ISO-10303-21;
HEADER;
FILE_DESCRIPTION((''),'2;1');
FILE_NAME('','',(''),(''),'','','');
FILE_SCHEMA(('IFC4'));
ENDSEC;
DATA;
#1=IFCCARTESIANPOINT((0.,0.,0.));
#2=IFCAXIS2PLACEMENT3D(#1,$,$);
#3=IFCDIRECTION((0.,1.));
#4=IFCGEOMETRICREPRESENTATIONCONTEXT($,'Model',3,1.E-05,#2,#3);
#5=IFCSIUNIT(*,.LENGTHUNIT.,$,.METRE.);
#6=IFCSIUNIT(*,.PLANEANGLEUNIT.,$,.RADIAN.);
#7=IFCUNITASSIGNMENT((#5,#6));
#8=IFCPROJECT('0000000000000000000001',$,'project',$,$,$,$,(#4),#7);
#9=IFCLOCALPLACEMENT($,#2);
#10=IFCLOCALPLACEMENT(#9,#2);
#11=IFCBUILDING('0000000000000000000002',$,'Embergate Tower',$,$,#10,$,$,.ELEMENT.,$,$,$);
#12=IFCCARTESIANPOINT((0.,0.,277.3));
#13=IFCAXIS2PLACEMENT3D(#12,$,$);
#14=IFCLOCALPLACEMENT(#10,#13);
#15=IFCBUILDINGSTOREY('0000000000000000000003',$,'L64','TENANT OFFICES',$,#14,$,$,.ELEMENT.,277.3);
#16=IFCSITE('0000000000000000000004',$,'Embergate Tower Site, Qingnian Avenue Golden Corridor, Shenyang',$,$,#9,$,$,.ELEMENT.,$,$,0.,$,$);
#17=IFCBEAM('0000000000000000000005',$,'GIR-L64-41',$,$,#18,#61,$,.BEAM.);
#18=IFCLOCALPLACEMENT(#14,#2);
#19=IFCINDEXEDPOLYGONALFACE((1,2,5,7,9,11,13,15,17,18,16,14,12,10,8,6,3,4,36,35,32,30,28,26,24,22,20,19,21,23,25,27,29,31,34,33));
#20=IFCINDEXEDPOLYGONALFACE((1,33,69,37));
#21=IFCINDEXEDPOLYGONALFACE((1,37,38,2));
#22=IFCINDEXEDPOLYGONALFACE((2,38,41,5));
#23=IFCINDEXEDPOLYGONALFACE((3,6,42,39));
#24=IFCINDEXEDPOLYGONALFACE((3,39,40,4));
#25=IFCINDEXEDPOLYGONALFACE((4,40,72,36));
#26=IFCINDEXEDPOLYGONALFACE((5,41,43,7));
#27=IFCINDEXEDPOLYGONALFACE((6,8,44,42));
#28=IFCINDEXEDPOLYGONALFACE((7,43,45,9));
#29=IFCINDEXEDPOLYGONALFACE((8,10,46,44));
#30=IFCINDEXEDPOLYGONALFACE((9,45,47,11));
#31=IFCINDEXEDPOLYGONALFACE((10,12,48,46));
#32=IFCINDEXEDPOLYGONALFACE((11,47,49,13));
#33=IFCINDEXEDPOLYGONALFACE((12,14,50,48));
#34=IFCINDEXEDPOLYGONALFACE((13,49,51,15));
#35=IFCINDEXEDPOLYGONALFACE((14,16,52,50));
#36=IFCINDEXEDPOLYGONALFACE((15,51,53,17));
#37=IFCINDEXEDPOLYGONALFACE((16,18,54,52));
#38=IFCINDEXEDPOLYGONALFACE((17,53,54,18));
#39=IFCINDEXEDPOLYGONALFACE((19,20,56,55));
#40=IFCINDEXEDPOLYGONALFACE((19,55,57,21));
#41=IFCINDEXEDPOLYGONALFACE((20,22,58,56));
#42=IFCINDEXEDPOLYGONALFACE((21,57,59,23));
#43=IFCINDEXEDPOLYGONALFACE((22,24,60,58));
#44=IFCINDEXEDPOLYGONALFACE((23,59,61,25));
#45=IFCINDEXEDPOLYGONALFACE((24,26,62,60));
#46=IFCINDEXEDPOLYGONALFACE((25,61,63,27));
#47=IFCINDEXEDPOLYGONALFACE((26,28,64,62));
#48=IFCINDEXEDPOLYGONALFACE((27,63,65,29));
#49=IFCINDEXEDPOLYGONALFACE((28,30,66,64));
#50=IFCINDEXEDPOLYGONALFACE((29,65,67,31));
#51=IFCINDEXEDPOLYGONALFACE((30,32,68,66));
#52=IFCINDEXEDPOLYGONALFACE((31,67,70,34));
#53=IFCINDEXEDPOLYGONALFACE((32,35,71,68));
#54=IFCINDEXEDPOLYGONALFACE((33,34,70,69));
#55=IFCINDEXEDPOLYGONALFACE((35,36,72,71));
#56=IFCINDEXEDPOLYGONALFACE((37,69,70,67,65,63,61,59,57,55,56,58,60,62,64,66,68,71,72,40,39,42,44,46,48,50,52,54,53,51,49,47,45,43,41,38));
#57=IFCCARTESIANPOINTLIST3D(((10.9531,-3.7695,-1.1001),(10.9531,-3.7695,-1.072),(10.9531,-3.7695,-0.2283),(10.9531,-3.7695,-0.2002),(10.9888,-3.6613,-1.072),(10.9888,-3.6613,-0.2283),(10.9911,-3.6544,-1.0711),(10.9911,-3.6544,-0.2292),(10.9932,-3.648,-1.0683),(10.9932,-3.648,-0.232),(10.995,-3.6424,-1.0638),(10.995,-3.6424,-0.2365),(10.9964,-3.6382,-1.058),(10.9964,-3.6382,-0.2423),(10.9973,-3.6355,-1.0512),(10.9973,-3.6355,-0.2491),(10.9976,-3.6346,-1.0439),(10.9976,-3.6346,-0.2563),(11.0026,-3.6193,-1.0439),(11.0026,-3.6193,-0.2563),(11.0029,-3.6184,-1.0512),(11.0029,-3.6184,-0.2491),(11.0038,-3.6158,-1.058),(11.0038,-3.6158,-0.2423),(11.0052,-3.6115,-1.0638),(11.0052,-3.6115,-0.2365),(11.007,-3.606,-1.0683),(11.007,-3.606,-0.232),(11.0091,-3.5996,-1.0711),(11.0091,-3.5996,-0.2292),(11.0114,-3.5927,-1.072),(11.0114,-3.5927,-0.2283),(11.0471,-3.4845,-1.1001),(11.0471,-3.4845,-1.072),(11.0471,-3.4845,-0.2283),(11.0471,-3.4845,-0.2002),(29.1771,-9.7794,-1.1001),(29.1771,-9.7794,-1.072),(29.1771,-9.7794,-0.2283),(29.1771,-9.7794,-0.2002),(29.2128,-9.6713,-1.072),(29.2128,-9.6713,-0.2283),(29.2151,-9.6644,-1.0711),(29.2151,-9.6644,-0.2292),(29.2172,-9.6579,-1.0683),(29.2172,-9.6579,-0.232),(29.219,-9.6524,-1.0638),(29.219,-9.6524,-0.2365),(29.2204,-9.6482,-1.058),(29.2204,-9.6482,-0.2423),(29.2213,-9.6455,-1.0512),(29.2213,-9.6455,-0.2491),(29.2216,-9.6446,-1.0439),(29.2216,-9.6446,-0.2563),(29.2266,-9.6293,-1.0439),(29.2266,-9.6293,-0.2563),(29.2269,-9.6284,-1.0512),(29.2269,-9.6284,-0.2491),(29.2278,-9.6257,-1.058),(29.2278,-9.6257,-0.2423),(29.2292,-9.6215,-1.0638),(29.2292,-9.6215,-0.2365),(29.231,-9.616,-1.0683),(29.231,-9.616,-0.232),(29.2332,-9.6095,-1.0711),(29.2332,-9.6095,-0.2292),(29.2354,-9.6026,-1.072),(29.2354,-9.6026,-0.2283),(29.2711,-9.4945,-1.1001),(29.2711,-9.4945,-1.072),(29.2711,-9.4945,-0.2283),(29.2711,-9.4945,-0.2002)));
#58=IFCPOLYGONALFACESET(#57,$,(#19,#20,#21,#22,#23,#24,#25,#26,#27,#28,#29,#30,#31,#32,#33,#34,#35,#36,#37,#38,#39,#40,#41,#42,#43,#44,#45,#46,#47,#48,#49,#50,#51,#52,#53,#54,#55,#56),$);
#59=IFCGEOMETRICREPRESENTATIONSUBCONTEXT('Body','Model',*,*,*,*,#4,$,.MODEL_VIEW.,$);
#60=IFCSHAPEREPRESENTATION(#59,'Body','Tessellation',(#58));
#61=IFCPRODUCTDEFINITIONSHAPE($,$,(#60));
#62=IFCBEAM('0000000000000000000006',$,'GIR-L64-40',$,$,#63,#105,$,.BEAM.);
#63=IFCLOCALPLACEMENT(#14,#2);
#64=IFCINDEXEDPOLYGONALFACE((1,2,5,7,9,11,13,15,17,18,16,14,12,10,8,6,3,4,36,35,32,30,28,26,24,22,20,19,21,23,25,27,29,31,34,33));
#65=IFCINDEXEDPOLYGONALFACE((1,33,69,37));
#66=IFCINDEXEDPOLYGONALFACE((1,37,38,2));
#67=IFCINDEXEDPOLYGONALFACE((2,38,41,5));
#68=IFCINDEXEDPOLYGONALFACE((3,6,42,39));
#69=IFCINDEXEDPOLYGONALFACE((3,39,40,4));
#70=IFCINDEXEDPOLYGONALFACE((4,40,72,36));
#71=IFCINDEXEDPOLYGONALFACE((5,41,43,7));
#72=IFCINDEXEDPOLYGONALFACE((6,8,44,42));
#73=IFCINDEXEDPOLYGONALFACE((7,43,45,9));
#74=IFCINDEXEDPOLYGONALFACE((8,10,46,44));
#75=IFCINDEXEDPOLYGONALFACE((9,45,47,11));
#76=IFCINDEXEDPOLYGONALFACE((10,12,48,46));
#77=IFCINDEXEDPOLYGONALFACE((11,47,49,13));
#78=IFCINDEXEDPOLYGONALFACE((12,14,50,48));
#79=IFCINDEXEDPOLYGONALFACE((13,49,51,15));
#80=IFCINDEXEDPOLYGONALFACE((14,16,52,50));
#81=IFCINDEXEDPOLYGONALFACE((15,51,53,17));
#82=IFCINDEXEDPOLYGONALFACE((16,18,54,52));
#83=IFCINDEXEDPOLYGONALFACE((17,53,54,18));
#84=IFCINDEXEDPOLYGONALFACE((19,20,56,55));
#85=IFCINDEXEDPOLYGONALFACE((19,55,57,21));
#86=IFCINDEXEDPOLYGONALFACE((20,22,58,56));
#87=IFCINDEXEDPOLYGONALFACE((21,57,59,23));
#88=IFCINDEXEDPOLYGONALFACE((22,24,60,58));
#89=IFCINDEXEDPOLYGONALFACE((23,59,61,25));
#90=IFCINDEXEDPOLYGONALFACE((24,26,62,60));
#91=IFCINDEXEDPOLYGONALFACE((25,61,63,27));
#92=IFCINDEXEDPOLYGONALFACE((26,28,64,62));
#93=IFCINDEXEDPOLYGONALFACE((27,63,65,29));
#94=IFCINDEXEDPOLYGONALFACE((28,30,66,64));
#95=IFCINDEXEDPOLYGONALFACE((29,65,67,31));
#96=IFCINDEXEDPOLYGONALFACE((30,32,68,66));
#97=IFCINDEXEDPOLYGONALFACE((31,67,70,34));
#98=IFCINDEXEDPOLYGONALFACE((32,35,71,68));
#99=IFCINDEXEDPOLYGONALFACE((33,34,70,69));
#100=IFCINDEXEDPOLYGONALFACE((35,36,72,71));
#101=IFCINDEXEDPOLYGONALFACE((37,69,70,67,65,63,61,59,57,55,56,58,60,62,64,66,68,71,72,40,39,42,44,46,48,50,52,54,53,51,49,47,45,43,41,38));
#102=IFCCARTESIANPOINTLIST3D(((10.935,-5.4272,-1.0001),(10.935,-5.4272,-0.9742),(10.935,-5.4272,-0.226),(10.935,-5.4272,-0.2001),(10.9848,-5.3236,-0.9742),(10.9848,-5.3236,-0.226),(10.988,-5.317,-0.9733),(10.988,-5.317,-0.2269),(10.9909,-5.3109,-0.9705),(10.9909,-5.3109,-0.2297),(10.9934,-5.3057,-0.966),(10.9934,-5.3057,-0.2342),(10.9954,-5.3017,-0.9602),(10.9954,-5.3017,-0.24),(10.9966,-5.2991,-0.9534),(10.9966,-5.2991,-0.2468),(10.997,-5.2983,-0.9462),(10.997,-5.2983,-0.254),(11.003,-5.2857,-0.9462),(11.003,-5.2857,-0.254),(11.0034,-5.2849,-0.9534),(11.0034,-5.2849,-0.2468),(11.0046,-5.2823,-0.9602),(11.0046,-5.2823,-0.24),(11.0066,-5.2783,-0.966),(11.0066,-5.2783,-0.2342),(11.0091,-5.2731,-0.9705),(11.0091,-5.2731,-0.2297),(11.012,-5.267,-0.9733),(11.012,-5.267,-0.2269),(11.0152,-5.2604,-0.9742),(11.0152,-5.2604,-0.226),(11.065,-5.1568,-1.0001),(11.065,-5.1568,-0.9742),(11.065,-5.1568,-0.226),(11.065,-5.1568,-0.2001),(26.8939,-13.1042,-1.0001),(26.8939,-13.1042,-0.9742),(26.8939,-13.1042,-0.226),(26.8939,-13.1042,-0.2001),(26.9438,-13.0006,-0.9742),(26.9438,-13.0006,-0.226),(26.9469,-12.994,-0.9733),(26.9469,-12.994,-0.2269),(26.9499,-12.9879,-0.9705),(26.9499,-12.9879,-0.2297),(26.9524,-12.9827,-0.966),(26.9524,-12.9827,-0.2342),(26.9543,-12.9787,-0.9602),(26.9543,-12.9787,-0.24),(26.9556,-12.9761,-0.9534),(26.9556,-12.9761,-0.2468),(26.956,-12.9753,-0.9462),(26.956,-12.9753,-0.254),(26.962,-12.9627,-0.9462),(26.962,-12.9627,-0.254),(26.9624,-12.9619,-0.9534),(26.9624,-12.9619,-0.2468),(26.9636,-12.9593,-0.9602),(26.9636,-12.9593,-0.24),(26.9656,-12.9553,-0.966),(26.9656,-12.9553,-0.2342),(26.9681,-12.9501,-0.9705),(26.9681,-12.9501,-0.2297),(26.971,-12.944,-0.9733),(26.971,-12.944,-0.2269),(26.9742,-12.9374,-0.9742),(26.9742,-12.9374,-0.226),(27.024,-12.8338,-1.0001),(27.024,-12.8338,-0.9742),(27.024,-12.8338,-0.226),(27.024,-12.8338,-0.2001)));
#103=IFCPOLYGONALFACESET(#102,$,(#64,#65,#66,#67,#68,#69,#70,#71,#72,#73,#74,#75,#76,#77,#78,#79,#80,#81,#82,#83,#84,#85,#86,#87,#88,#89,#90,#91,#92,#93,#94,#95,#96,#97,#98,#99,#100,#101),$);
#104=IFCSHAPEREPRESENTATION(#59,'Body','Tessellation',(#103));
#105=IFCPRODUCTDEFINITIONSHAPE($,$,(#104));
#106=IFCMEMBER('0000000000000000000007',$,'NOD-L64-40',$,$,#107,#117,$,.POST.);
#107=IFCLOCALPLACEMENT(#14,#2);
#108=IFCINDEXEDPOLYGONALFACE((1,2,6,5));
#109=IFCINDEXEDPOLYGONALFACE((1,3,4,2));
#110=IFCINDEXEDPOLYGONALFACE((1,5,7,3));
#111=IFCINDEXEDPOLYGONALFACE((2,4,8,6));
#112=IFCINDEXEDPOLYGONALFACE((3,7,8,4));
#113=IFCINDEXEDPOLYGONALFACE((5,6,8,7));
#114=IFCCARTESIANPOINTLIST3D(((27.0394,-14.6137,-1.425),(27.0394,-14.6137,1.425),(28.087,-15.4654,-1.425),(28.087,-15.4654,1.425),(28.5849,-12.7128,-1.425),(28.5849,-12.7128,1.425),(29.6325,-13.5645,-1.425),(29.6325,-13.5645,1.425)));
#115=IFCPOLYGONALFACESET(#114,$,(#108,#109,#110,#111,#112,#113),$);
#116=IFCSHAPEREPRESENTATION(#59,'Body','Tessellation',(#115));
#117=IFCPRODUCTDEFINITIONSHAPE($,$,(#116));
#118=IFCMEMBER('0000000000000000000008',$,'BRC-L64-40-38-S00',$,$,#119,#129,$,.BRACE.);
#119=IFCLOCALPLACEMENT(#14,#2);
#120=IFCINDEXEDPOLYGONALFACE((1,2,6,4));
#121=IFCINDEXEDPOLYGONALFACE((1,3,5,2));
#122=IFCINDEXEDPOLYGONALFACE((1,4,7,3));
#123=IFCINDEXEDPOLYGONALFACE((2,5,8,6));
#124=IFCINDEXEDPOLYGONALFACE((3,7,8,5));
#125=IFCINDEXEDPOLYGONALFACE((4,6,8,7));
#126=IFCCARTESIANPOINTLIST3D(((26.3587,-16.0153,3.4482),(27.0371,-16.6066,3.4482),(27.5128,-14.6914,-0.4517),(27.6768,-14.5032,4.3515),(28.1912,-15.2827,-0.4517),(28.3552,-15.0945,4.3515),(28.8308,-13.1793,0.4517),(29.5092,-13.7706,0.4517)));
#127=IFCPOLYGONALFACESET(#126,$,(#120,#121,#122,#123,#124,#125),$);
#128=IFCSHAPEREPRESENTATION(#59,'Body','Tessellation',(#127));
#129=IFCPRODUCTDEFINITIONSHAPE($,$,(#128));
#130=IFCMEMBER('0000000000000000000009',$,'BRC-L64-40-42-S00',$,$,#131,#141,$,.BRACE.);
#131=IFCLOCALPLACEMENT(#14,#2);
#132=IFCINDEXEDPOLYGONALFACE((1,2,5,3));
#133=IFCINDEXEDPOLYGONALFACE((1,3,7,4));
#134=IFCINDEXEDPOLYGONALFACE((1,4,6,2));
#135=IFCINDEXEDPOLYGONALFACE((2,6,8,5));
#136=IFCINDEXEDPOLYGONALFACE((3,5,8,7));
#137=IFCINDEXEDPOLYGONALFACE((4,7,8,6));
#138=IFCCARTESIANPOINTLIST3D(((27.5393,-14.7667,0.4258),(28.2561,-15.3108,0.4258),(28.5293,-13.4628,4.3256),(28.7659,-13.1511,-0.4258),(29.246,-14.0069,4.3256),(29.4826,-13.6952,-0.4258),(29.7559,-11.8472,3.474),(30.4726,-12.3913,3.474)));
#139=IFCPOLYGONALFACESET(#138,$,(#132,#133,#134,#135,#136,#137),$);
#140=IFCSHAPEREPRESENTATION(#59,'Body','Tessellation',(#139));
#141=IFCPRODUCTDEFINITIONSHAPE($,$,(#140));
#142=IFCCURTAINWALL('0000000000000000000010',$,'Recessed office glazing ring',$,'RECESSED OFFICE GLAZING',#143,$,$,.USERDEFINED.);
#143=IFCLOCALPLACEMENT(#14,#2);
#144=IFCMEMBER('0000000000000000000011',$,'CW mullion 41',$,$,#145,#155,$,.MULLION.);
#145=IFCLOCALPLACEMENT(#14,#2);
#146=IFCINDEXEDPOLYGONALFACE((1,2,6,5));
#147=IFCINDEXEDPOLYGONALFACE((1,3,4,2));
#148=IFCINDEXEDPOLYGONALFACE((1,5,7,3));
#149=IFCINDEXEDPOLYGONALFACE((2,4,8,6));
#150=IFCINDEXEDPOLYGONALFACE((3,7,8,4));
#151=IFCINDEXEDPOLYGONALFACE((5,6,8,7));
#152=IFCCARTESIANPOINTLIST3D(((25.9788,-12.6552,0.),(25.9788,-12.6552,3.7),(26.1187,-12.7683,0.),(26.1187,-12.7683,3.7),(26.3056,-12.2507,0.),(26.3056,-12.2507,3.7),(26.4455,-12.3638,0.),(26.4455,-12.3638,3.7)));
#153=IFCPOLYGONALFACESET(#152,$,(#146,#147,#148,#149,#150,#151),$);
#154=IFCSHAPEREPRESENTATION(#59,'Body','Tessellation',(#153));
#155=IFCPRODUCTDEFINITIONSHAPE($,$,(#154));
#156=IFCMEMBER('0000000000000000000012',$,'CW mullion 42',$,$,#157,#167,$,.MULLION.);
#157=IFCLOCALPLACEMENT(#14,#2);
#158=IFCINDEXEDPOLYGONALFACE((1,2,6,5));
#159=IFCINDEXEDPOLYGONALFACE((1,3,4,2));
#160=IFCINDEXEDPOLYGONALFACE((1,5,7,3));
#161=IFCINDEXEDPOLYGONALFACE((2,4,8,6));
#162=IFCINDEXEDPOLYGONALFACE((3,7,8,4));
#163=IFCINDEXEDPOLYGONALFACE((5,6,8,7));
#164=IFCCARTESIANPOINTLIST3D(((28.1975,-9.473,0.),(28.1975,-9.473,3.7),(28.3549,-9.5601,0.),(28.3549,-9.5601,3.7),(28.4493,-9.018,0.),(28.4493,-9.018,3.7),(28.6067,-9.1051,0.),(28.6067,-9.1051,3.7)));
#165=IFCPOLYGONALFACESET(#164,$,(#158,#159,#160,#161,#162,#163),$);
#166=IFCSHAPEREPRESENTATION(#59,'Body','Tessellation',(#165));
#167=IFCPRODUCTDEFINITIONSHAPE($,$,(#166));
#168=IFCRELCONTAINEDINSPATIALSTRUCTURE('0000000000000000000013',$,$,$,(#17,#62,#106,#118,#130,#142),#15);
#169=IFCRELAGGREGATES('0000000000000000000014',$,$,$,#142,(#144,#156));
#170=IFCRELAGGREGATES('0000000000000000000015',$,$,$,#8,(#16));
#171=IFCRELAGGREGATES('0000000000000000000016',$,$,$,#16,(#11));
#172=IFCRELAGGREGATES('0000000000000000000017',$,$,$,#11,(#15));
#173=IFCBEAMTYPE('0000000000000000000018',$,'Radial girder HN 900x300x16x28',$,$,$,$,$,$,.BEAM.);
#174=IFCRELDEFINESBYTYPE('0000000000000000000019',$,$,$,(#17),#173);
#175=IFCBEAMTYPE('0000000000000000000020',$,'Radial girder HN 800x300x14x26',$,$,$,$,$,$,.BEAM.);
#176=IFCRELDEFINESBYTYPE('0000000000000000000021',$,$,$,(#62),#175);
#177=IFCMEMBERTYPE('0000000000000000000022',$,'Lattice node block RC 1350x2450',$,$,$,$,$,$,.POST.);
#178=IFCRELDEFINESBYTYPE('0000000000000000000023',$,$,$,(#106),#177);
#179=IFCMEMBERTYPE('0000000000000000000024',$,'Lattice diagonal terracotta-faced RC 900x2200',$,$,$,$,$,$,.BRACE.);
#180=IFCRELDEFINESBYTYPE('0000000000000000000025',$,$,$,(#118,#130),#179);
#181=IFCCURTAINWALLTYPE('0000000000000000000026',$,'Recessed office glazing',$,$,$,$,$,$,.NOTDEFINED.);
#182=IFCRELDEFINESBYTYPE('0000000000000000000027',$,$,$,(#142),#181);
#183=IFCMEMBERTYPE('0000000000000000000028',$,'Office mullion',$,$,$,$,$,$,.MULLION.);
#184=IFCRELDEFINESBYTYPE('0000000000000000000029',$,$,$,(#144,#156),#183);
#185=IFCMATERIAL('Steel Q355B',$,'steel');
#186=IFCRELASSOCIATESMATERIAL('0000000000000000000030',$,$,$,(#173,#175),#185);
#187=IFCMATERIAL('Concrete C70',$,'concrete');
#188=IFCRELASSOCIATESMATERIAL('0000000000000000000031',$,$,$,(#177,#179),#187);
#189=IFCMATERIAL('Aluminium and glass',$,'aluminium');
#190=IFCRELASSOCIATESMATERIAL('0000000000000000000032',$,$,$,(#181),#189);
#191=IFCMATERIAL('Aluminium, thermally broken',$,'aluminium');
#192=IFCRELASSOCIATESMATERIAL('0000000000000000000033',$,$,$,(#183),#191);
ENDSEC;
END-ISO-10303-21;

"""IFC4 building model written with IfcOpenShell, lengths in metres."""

from ifc_helpers import new_model, si_unit, direction, frame, origin, origin_2d, place, context, subcontext, project, spatial, rectangle, i_section, extrude, source, transform, mapped, material, material_profile, profile_set, type_object, element, aggregate, save


model = new_model("IFC4")

# Units and contexts
model_context = context("Model", 3, precision=1e-05, world=origin(), true_north=direction((0.0, 1.0)))
body_context = subcontext(model_context, "Body", "Model", "MODEL_VIEW")
ifc_project = project(units=[si_unit("LENGTHUNIT", "METRE"), si_unit("PLANEANGLEUNIT", "RADIAN")], contexts=[model_context])

# Site, building, storey
site_placement = place(None, origin())
site = spatial("IfcSite", under=ifc_project, at=site_placement, Name="Embergate Tower Site, Qingnian Avenue Golden Corridor, Shenyang", CompositionType="ELEMENT", RefElevation=0.0)
building_placement = place(site_placement, origin())
building = spatial("IfcBuilding", under=site, at=building_placement, Name="Embergate Tower", CompositionType="ELEMENT")
storey_placement = place(building_placement, frame((0.0, 0.0, 277.3)))
storey = spatial("IfcBuildingStorey", under=building, at=storey_placement, Name="L64", Description="TENANT OFFICES", CompositionType="ELEMENT", Elevation=277.3)

# Beams
ifc_material_1 = material(Name="Steel Q355B", Category="steel")
ifc_material_profile_1 = material_profile(ifc_material_1, i_section(OverallWidth=0.3, OverallDepth=0.8999, WebThickness=0.0161, FlangeThickness=0.0281, FilletRadius=0.0281, at=origin_2d()), Name="HN 900x300x16x28")
ifc_profile_set_1 = profile_set([ifc_material_profile_1], Name="Steel Q355 grade B")
beam_type_1 = type_object("IfcBeamType", Name="Radial girder HN 900x300x16x28", PredefinedType="BEAM", material=ifc_profile_set_1)
shared_shape_1 = source(origin(), body_context, "Body", "SweptSolid", [
    extrude(i_section(OverallWidth=0.3, OverallDepth=0.8999, WebThickness=0.0161, FlangeThickness=0.0281, FilletRadius=0.0281, at=origin_2d()), origin(), (0.0, 0.0, 1.0), 19.1895),
])
beam_1_placement = place(storey_placement, frame((29.2241, -9.637, -0.6501), z_axis=(-0.94969, 0.313192, 0.0), x_axis=(-0.313192, -0.94969, 0.0)))
element("IfcBeam", 1, at=beam_1_placement, inside=storey, type_object=beam_type_1, Name="GIR-L64-41", PredefinedType="BEAM", context=body_context, shape_type="MappedRepresentation", body=[
    mapped(shared_shape_1, transform((0.0, 0.0, 0.0))),
])
ifc_material_profile_2 = material_profile(ifc_material_1, i_section(OverallWidth=0.3, OverallDepth=0.8, WebThickness=0.0139, FlangeThickness=0.0259, FilletRadius=0.0281, at=origin_2d()), Name="HN 800x300x14x26")
ifc_profile_set_2 = profile_set([ifc_material_profile_2], Name="Steel Q355 grade B")
beam_type_2 = type_object("IfcBeamType", Name="Radial girder HN 800x300x14x26", PredefinedType="BEAM", material=ifc_profile_set_2)
shared_shape_2 = source(origin(), body_context, "Body", "SweptSolid", [
    extrude(i_section(OverallWidth=0.3, OverallDepth=0.8, WebThickness=0.0139, FlangeThickness=0.0259, FilletRadius=0.0281, at=origin_2d()), origin(), (0.0, 0.0, 1.0), 17.7095),
])
beam_2_placement = place(storey_placement, frame((26.959, -12.969, -0.6001), z_axis=(-0.901155, 0.433497, 0.0), x_axis=(-0.433497, -0.901155, 0.0)))
element("IfcBeam", 2, at=beam_2_placement, inside=storey, type_object=beam_type_2, Name="GIR-L64-40", PredefinedType="BEAM", context=body_context, shape_type="MappedRepresentation", body=[
    mapped(shared_shape_2, transform((0.0, 0.0, 0.0))),
])

# Members
ifc_material_2 = material(Name="Concrete C70", Category="concrete")
ifc_material_profile_3 = material_profile(ifc_material_2, rectangle(XDim=1.3501, YDim=2.45, at=origin_2d()), Name="RC 1350x2450")
ifc_profile_set_3 = profile_set([ifc_material_profile_3], Name="Concrete C70")
member_type_1 = type_object("IfcMemberType", Name="Lattice node block RC 1350x2450", PredefinedType="POST", material=ifc_profile_set_3)
shared_shape_3 = source(origin(), body_context, "Body", "SweptSolid", [
    extrude(rectangle(XDim=1.3501, YDim=2.45, at=origin_2d()), origin(), (0.0, 0.0, 1.0), 2.8501),
])
member_1_placement = place(storey_placement, frame((28.3359, -14.0891, -1.425), z_axis=(0.0, 0.0, 1.0), x_axis=(0.775914, -0.630838, 0.0)))
element("IfcMember", 3, at=member_1_placement, inside=storey, type_object=member_type_1, Name="NOD-L64-40", PredefinedType="POST", context=body_context, shape_type="MappedRepresentation", body=[
    mapped(shared_shape_3, transform((0.0, 0.0, 0.0))),
])
ifc_material_profile_4 = material_profile(ifc_material_2, rectangle(XDim=0.8999, YDim=2.2, at=origin_2d()), Name="RC 900x2200")
ifc_profile_set_4 = profile_set([ifc_material_profile_4], Name="Concrete C70")
member_type_2 = type_object("IfcMemberType", Name="Lattice diagonal terracotta-faced RC 900x2200", PredefinedType="BRACE", material=ifc_profile_set_4)
shared_shape_4 = source(origin(), body_context, "Body", "SweptSolid", [
    extrude(rectangle(XDim=0.8999, YDim=2.2, at=origin_2d()), origin(), (0.0, 0.0, 1.0), 4.2771),
])
member_2_placement = place(storey_placement, frame((28.511, -14.231, 0.0), z_axis=(-0.269818, -0.309546, 0.9118), x_axis=(0.753824, -0.657076, 0.0)))
element("IfcMember", 4, at=member_2_placement, inside=storey, type_object=member_type_2, Name="BRC-L64-40-38-S00", PredefinedType="BRACE", context=body_context, shape_type="MappedRepresentation", body=[
    mapped(shared_shape_4, transform((0.0, 0.0, 0.0))),
])
shared_shape_5 = source(origin(), body_context, "Body", "SweptSolid", [
    extrude(rectangle(XDim=0.8999, YDim=2.2, at=origin_2d()), origin(), (0.0, 0.0, 1.0), 4.2295),
])
member_3_placement = place(storey_placement, frame((28.511, -14.231, 0.0), z_axis=(0.234062, 0.308292, 0.922047), x_axis=(-0.796461, 0.60469, 0.0)))
element("IfcMember", 5, at=member_3_placement, inside=storey, type_object=member_type_2, Name="BRC-L64-40-42-S00", PredefinedType="BRACE", context=body_context, shape_type="MappedRepresentation", body=[
    mapped(shared_shape_5, transform((0.0, 0.0, 0.0))),
])

# Curtain wall, members
ifc_material_3 = material(Name="Aluminium and glass", Category="aluminium")
curtain_wall_type = type_object("IfcCurtainWallType", Name="Recessed office glazing", PredefinedType="NOTDEFINED", material=ifc_material_3)
curtain_wall_placement = place(storey_placement, origin())
curtain_wall = element("IfcCurtainWall", 6, at=curtain_wall_placement, inside=storey, type_object=curtain_wall_type, Name="Recessed office glazing ring", ObjectType="RECESSED OFFICE GLAZING", PredefinedType="USERDEFINED")
ifc_material_4 = material(Name="Aluminium, thermally broken", Category="aluminium")
ifc_material_profile_5 = material_profile(ifc_material_4, rectangle(XDim=0.1799, YDim=0.52, at=origin_2d()), Name="AL 520x180")
ifc_profile_set_5 = profile_set([ifc_material_profile_5], Name="Aluminium, thermally broken")
member_type_3 = type_object("IfcMemberType", Name="Office mullion", PredefinedType="MULLION", material=ifc_profile_set_5)
shared_shape_6 = source(origin(), body_context, "Body", "SweptSolid", [
    extrude(rectangle(XDim=0.1799, YDim=0.52, at=origin_2d()), origin(), (0.0, 0.0, 1.0), 3.7),
])
member_4_placement = place(storey_placement, frame((26.2122, -12.5095, 0.0), z_axis=(0.0, 0.0, 1.0), x_axis=(-0.777862, 0.628436, 0.0)))
member_4 = element("IfcMember", 7, at=member_4_placement, type_object=member_type_3, Name="CW mullion 41", PredefinedType="MULLION", context=body_context, shape_type="MappedRepresentation", body=[
    mapped(shared_shape_6, transform((0.0, 0.0, 0.0))),
])
member_5_placement = place(storey_placement, frame((28.4021, -9.2891, 0.0), z_axis=(0.0, 0.0, 1.0), x_axis=(-0.874993, 0.484136, 0.0)))
member_5 = element("IfcMember", 8, at=member_5_placement, type_object=member_type_3, Name="CW mullion 42", PredefinedType="MULLION", context=body_context, shape_type="MappedRepresentation", body=[
    mapped(shared_shape_6, transform((0.0, 0.0, 0.0))),
])
aggregate(curtain_wall, [member_4, member_5])

save(model, "model.ifc")
